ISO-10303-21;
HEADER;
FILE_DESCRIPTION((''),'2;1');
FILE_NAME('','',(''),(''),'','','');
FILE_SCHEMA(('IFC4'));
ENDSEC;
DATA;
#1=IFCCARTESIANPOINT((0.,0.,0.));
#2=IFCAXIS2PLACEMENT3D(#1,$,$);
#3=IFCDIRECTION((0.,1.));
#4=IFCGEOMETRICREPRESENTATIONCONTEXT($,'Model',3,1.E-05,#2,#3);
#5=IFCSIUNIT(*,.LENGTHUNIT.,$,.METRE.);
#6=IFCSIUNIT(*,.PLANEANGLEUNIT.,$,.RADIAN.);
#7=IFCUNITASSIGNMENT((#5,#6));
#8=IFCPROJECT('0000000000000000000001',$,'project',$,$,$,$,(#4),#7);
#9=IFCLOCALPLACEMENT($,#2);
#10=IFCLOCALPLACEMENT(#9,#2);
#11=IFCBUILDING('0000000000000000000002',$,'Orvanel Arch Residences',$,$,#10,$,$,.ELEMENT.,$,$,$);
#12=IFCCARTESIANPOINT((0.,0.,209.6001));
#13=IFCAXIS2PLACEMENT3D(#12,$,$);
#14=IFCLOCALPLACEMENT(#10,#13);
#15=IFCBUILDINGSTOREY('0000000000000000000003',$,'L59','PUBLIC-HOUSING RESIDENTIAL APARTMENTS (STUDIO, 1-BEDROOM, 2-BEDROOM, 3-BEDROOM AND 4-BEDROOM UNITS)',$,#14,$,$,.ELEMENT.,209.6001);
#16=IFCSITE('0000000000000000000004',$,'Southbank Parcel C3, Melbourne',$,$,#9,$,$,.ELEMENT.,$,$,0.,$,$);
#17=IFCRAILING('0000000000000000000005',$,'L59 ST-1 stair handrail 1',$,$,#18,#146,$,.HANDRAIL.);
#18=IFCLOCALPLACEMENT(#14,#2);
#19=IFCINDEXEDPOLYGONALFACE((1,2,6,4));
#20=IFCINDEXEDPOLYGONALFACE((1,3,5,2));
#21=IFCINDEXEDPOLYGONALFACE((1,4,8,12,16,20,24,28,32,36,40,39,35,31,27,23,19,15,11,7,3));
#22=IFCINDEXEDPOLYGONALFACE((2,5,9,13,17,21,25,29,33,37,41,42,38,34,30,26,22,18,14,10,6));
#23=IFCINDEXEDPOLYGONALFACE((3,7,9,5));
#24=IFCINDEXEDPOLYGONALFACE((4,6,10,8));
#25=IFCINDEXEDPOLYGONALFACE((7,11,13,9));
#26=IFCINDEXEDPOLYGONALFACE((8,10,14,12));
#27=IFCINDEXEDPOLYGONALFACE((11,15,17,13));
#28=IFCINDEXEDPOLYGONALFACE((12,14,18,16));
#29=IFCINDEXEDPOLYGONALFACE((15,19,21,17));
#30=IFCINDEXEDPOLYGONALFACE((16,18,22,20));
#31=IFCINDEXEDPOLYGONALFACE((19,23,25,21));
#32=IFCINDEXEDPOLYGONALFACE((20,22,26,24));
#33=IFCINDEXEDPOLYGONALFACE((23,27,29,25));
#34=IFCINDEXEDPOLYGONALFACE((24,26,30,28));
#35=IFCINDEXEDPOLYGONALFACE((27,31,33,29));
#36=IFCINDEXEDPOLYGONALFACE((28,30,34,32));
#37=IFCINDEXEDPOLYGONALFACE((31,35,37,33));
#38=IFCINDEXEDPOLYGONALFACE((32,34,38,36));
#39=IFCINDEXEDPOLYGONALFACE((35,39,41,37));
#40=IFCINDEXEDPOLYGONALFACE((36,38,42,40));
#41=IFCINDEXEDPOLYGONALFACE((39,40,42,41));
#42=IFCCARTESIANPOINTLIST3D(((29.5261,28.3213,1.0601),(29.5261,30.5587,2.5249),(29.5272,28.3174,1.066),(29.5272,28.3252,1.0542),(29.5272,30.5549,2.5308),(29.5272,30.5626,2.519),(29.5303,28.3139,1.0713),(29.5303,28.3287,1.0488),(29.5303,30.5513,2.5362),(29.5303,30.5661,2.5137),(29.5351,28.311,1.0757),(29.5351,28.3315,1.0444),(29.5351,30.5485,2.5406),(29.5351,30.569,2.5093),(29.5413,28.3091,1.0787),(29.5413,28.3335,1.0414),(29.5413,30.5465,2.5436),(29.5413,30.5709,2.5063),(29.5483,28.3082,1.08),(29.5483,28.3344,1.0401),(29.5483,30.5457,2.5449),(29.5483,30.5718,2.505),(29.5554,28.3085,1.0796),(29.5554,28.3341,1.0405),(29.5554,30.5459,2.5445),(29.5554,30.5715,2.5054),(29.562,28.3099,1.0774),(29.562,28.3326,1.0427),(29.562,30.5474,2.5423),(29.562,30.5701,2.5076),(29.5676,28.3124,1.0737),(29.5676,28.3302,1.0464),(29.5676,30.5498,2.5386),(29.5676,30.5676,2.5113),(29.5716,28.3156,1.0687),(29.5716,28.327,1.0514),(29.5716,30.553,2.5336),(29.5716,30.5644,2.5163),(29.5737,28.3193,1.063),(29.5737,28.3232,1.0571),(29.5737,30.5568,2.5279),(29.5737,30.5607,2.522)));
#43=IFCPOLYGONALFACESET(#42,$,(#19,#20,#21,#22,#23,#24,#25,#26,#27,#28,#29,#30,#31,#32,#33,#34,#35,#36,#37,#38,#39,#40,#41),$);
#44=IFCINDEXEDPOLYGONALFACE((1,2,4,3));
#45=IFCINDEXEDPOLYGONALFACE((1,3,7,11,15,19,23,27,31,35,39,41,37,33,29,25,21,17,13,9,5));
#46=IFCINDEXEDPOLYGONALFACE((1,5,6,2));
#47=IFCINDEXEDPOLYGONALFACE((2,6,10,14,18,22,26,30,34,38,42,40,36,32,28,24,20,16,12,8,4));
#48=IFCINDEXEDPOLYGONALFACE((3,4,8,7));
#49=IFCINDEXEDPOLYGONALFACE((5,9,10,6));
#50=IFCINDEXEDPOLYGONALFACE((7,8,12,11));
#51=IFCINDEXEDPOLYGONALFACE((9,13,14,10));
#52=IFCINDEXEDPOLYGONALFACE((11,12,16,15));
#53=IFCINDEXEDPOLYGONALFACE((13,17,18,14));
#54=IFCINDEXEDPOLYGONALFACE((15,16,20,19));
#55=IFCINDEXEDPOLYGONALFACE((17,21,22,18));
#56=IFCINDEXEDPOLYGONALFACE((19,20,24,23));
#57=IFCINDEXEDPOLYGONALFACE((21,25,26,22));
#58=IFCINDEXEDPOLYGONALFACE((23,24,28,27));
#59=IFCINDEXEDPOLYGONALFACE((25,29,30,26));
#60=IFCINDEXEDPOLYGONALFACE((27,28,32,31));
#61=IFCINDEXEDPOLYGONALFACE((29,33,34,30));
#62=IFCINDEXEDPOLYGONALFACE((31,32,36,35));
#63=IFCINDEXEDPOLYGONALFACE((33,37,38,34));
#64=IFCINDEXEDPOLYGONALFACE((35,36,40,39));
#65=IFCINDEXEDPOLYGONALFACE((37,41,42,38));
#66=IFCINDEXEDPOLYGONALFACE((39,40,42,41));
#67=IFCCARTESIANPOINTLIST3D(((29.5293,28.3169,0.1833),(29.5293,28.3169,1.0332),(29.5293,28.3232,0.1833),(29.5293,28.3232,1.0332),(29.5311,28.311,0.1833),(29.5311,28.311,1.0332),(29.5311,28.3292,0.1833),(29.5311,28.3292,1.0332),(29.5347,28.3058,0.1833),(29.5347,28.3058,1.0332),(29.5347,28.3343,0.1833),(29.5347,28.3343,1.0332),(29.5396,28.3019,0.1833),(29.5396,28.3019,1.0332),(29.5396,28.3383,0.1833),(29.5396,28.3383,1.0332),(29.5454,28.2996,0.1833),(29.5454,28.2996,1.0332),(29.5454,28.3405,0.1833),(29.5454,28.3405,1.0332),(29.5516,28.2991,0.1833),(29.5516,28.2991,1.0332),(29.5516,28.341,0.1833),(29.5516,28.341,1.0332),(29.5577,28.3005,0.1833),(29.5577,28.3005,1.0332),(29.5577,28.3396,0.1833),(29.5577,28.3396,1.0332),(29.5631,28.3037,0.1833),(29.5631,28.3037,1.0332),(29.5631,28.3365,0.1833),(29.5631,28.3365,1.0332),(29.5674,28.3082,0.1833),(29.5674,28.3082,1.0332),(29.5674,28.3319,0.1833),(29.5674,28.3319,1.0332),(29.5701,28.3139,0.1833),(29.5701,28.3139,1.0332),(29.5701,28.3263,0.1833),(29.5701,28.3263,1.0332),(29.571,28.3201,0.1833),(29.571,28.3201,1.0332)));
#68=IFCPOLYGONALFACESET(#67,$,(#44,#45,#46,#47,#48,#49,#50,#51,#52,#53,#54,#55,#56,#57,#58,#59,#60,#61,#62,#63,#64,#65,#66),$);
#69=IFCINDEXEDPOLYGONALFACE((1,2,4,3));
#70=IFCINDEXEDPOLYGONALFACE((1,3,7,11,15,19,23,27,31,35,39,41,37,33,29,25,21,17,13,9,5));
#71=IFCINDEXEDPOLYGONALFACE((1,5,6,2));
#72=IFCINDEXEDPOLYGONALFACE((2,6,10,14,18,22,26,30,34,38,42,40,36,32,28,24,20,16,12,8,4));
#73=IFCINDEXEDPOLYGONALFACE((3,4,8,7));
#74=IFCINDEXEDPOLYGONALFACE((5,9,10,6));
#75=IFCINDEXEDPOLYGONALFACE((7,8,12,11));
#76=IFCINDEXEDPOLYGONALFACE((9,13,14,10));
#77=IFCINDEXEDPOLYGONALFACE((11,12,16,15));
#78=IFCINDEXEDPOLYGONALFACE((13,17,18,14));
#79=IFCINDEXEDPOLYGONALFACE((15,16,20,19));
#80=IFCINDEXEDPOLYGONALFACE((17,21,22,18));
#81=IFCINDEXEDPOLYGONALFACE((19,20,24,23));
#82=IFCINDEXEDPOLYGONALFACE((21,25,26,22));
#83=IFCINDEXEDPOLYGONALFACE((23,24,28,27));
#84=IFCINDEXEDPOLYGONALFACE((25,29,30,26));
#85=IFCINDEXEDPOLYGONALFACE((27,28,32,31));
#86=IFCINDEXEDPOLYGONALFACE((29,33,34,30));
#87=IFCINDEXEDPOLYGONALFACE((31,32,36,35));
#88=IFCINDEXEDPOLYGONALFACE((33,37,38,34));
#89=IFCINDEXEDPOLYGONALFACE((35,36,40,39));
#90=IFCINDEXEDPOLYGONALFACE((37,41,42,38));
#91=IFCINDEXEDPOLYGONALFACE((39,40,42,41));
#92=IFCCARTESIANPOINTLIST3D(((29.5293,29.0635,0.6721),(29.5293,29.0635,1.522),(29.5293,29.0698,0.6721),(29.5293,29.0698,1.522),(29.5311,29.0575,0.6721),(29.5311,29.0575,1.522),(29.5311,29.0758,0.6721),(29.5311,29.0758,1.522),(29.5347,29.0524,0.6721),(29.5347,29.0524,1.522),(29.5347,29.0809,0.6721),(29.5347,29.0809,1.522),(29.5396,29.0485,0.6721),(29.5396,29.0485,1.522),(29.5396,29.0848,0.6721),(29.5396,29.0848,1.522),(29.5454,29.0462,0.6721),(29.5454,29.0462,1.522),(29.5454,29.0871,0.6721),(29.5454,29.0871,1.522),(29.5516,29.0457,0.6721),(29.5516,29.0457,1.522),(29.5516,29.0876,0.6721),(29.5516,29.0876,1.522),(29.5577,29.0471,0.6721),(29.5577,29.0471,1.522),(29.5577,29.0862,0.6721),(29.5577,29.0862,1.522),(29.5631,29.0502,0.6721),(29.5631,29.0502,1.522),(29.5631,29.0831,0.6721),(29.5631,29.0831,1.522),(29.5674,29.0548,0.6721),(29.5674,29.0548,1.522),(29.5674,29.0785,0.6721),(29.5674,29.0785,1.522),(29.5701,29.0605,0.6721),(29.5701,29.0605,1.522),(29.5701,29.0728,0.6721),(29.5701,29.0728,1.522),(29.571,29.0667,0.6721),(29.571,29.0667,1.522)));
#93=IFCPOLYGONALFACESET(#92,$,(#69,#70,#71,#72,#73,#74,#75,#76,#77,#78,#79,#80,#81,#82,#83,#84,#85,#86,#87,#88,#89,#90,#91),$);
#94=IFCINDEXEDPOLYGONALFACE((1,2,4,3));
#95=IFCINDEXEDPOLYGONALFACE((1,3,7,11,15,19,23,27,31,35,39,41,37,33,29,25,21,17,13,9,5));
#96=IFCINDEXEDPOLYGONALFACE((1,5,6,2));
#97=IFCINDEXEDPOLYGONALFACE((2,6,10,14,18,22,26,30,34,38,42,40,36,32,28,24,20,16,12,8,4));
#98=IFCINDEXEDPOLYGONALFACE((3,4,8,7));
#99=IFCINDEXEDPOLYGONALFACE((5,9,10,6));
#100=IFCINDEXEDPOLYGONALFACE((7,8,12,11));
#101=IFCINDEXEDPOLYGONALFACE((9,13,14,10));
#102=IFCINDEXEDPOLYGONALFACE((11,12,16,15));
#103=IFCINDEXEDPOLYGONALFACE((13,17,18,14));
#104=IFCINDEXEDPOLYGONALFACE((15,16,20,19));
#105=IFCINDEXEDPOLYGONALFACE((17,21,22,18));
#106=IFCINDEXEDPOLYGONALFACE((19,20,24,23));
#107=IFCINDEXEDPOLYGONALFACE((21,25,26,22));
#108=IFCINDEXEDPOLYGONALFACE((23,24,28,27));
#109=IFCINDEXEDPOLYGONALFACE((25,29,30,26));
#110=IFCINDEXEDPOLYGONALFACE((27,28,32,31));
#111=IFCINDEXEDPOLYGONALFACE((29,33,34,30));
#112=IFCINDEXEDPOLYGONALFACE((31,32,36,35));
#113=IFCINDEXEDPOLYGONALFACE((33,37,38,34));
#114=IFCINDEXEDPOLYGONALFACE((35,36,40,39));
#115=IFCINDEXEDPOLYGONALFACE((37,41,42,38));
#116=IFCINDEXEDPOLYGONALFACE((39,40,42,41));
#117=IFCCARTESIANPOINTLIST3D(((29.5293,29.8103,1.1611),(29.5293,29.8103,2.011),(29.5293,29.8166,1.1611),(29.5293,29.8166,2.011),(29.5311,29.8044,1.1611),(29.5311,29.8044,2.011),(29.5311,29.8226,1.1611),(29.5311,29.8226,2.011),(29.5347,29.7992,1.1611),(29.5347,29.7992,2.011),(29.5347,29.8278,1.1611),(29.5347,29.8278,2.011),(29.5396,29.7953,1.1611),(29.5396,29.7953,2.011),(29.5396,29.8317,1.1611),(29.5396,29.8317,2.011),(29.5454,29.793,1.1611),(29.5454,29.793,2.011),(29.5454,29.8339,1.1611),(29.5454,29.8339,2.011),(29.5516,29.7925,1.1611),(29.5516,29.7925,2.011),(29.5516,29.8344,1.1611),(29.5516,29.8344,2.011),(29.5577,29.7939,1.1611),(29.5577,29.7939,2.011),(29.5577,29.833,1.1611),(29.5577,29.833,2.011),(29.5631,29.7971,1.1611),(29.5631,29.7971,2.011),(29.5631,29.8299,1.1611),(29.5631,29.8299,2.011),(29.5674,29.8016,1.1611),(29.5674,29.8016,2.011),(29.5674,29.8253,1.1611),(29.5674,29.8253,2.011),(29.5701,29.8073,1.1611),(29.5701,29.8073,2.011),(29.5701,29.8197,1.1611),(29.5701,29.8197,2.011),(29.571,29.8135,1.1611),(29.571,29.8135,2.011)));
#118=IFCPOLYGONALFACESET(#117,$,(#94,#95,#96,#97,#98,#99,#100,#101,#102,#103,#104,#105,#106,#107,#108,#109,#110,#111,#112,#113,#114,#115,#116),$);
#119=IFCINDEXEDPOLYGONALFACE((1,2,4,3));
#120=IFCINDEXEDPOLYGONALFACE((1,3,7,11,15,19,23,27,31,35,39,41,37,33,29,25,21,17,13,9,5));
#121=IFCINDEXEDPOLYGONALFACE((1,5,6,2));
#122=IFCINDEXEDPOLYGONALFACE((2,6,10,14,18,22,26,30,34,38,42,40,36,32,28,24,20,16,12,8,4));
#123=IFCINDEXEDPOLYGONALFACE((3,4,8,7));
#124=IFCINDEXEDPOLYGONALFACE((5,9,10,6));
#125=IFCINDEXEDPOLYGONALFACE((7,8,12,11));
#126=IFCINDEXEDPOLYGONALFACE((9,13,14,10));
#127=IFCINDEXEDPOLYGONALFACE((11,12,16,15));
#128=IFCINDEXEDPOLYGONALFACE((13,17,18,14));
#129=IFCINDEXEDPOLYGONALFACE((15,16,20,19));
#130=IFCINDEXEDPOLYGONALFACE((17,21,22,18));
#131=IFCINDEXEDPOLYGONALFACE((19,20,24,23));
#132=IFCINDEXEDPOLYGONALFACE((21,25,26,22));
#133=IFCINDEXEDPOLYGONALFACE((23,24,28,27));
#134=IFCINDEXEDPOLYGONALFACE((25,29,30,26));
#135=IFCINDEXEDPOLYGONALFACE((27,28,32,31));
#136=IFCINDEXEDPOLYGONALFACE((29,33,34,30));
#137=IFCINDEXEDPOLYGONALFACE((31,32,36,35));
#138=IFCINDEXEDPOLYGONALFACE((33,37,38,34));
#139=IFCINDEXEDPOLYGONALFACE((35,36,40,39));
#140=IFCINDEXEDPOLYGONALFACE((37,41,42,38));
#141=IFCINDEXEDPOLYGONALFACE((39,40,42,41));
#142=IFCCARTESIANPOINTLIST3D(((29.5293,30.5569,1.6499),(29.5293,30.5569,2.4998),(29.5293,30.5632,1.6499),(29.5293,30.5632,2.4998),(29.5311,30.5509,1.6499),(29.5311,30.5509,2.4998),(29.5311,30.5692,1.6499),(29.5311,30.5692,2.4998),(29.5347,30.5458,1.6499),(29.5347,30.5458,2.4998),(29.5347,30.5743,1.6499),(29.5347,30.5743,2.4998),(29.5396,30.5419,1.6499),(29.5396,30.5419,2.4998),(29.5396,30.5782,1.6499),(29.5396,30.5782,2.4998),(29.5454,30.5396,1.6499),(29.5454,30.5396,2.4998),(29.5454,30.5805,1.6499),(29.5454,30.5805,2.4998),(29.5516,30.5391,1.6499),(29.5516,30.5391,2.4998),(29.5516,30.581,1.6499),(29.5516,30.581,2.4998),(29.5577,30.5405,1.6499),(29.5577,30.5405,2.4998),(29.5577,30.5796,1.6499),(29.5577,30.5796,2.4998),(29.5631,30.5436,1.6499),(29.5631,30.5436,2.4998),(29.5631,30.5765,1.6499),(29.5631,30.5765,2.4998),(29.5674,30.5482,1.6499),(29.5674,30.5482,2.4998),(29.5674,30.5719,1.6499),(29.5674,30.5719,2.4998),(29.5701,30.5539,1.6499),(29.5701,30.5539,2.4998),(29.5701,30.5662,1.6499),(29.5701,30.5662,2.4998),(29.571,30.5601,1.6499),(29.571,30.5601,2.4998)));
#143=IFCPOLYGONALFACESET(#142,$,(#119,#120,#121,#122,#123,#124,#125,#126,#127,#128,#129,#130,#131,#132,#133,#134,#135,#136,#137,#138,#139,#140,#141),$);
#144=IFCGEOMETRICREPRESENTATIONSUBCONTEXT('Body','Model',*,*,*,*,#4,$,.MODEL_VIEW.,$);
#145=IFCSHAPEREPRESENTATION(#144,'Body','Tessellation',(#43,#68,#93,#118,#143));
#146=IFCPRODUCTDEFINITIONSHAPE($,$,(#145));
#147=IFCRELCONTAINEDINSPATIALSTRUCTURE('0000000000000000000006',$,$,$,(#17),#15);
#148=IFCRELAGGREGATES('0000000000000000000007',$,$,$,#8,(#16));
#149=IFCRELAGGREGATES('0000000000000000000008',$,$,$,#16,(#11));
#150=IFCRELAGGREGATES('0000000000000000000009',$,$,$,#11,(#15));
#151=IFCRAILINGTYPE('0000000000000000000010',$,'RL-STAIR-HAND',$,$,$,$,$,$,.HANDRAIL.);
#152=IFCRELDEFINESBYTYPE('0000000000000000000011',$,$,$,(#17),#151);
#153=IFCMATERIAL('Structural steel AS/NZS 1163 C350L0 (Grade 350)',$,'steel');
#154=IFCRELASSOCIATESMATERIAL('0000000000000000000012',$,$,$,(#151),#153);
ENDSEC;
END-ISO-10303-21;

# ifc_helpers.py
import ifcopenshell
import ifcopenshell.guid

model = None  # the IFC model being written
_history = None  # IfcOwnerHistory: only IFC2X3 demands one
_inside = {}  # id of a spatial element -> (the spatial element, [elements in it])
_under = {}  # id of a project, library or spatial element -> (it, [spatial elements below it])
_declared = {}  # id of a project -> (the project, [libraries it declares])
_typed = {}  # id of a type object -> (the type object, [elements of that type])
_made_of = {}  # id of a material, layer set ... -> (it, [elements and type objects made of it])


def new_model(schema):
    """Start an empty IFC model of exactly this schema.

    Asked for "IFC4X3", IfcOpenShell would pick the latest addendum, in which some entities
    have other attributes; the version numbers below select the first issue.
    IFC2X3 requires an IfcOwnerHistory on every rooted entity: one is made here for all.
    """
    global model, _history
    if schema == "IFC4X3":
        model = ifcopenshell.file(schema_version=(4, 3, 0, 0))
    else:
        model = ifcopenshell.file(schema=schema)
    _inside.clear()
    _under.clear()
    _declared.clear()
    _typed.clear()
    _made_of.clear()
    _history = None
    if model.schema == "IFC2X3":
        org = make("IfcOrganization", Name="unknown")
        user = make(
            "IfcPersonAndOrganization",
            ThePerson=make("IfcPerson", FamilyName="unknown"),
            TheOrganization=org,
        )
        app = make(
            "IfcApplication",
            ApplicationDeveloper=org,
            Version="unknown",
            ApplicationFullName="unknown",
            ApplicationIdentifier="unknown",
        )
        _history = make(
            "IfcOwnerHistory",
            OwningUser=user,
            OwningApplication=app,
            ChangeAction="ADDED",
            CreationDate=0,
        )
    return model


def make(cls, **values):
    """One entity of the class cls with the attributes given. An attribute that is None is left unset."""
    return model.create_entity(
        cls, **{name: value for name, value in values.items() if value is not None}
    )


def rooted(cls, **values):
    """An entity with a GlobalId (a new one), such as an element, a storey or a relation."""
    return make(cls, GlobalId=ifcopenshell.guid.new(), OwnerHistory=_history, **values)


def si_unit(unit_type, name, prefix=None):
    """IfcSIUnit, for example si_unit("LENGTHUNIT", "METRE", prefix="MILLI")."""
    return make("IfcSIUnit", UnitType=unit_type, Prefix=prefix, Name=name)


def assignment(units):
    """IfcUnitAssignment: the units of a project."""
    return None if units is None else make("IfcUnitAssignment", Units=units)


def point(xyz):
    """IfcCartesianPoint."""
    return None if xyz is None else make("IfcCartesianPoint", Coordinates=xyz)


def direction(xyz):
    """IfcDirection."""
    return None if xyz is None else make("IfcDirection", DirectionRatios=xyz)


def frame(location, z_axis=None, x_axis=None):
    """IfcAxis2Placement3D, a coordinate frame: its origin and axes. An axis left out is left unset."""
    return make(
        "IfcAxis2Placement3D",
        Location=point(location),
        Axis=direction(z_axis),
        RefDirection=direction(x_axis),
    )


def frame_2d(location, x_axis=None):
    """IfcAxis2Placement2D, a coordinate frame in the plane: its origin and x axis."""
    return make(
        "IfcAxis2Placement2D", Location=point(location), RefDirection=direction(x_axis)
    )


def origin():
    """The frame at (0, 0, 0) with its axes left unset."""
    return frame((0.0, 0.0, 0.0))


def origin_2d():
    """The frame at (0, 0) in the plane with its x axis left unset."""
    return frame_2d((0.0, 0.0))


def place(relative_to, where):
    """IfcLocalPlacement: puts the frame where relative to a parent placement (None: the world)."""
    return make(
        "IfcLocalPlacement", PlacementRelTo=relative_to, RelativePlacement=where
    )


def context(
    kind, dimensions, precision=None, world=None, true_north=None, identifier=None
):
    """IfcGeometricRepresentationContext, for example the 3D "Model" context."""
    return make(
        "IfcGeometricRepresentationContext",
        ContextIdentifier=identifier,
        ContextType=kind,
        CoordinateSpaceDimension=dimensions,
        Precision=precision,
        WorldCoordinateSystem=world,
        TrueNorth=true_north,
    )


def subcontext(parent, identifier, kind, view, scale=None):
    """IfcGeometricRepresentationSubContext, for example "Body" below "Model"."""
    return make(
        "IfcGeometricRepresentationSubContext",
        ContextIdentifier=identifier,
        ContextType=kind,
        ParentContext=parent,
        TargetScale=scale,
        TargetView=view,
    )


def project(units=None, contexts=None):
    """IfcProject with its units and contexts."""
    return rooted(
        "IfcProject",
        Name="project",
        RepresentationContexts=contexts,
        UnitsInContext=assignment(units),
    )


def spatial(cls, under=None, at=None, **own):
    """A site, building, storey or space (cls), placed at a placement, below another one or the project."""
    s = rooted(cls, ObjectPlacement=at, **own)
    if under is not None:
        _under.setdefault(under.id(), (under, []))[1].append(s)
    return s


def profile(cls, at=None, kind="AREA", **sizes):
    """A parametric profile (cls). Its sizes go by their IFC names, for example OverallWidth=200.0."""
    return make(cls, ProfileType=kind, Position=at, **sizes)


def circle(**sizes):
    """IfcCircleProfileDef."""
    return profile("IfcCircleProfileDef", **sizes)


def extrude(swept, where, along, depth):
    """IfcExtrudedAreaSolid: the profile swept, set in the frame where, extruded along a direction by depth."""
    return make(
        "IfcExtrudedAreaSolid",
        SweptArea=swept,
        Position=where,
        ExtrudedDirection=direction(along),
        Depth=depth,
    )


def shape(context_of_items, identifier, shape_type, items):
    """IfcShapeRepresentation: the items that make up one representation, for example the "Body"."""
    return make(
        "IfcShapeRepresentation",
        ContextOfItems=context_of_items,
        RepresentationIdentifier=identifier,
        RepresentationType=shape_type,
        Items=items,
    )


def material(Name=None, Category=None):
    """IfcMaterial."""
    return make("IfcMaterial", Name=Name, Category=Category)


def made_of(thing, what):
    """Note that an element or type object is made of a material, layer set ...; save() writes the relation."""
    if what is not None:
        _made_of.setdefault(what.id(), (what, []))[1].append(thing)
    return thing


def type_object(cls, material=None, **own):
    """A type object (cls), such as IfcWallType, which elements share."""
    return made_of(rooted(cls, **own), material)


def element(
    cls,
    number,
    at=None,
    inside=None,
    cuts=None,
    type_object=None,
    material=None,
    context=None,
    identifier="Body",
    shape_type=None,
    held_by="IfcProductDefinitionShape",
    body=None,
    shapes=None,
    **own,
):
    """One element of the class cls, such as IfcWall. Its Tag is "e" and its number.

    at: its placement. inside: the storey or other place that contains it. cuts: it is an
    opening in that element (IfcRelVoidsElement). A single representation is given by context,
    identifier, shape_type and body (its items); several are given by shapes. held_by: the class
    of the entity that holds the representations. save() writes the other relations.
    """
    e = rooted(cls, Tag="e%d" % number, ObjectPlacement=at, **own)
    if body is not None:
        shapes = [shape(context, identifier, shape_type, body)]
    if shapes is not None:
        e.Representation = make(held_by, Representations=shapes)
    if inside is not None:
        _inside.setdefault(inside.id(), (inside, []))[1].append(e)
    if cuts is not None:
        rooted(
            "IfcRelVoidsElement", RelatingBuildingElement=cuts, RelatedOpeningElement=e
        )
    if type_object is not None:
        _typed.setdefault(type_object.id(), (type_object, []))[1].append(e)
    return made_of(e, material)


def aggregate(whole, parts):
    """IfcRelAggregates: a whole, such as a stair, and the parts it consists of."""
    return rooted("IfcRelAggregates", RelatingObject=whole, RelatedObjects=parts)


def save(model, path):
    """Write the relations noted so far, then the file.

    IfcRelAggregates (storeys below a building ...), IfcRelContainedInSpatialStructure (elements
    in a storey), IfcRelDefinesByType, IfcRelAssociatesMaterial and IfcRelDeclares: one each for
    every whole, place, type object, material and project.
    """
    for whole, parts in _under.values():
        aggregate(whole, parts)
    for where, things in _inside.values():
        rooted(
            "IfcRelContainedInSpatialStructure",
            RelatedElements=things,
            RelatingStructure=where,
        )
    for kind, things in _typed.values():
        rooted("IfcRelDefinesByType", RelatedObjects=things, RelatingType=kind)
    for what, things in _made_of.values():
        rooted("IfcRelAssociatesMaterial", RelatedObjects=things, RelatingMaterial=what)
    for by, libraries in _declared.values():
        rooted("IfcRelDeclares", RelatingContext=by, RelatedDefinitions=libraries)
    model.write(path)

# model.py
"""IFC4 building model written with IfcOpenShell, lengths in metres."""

from ifc_helpers import new_model, si_unit, direction, frame, origin, origin_2d, place, context, subcontext, project, spatial, circle, extrude, material, type_object, element, save


model = new_model("IFC4")

# Units and contexts
model_context = context("Model", 3, precision=1e-05, world=origin(), true_north=direction((0.0, 1.0)))
body_context = subcontext(model_context, "Body", "Model", "MODEL_VIEW")
ifc_project = project(units=[si_unit("LENGTHUNIT", "METRE"), si_unit("PLANEANGLEUNIT", "RADIAN")], contexts=[model_context])

# Site, building, storey
site_placement = place(None, origin())
site = spatial("IfcSite", under=ifc_project, at=site_placement, Name="Southbank Parcel C3, Melbourne", CompositionType="ELEMENT", RefElevation=0.0)
building_placement = place(site_placement, origin())
building = spatial("IfcBuilding", under=site, at=building_placement, Name="Orvanel Arch Residences", CompositionType="ELEMENT")
storey_placement = place(building_placement, frame((0.0, 0.0, 209.6001)))
storey = spatial("IfcBuildingStorey", under=building, at=storey_placement, Name="L59", Description="PUBLIC-HOUSING RESIDENTIAL APARTMENTS (STUDIO, 1-BEDROOM, 2-BEDROOM, 3-BEDROOM AND 4-BEDROOM UNITS)", CompositionType="ELEMENT", Elevation=209.6001)

# Railing
ifc_material_1 = material(Name="Structural steel AS/NZS 1163 C350L0 (Grade 350)", Category="steel")
railing_type_1 = type_object("IfcRailingType", Name="RL-STAIR-HAND", PredefinedType="HANDRAIL", material=ifc_material_1)
railing_1_placement = place(storey_placement, frame((29.55, 28.3201, 0.1833)))
element("IfcRailing", 1, at=railing_1_placement, inside=storey, type_object=railing_type_1, Name="L59 ST-1 stair handrail 1", PredefinedType="HANDRAIL", context=body_context, shape_type="SweptSolid", body=[
    extrude(circle(Radius=0.0239, at=origin_2d()), frame((0.0, 0.0012, 0.8767), z_axis=(0.0, 0.836637, 0.547758), x_axis=(-1.0, 0.0, 0.0)), (0.0, 0.0, 1.0), 2.6743),
    extrude(circle(Radius=0.021, at=origin_2d()), origin(), (0.0, 0.0, 1.0), 0.8499),
    extrude(circle(Radius=0.021, at=origin_2d()), frame((0.0, 0.7466, 0.4888)), (0.0, 0.0, 1.0), 0.8499),
    extrude(circle(Radius=0.021, at=origin_2d()), frame((0.0, 1.4934, 0.9778)), (0.0, 0.0, 1.0), 0.8499),
    extrude(circle(Radius=0.021, at=origin_2d()), frame((0.0, 2.24, 1.4666)), (0.0, 0.0, 1.0), 0.8499),
])

save(model, "model.ifc")
